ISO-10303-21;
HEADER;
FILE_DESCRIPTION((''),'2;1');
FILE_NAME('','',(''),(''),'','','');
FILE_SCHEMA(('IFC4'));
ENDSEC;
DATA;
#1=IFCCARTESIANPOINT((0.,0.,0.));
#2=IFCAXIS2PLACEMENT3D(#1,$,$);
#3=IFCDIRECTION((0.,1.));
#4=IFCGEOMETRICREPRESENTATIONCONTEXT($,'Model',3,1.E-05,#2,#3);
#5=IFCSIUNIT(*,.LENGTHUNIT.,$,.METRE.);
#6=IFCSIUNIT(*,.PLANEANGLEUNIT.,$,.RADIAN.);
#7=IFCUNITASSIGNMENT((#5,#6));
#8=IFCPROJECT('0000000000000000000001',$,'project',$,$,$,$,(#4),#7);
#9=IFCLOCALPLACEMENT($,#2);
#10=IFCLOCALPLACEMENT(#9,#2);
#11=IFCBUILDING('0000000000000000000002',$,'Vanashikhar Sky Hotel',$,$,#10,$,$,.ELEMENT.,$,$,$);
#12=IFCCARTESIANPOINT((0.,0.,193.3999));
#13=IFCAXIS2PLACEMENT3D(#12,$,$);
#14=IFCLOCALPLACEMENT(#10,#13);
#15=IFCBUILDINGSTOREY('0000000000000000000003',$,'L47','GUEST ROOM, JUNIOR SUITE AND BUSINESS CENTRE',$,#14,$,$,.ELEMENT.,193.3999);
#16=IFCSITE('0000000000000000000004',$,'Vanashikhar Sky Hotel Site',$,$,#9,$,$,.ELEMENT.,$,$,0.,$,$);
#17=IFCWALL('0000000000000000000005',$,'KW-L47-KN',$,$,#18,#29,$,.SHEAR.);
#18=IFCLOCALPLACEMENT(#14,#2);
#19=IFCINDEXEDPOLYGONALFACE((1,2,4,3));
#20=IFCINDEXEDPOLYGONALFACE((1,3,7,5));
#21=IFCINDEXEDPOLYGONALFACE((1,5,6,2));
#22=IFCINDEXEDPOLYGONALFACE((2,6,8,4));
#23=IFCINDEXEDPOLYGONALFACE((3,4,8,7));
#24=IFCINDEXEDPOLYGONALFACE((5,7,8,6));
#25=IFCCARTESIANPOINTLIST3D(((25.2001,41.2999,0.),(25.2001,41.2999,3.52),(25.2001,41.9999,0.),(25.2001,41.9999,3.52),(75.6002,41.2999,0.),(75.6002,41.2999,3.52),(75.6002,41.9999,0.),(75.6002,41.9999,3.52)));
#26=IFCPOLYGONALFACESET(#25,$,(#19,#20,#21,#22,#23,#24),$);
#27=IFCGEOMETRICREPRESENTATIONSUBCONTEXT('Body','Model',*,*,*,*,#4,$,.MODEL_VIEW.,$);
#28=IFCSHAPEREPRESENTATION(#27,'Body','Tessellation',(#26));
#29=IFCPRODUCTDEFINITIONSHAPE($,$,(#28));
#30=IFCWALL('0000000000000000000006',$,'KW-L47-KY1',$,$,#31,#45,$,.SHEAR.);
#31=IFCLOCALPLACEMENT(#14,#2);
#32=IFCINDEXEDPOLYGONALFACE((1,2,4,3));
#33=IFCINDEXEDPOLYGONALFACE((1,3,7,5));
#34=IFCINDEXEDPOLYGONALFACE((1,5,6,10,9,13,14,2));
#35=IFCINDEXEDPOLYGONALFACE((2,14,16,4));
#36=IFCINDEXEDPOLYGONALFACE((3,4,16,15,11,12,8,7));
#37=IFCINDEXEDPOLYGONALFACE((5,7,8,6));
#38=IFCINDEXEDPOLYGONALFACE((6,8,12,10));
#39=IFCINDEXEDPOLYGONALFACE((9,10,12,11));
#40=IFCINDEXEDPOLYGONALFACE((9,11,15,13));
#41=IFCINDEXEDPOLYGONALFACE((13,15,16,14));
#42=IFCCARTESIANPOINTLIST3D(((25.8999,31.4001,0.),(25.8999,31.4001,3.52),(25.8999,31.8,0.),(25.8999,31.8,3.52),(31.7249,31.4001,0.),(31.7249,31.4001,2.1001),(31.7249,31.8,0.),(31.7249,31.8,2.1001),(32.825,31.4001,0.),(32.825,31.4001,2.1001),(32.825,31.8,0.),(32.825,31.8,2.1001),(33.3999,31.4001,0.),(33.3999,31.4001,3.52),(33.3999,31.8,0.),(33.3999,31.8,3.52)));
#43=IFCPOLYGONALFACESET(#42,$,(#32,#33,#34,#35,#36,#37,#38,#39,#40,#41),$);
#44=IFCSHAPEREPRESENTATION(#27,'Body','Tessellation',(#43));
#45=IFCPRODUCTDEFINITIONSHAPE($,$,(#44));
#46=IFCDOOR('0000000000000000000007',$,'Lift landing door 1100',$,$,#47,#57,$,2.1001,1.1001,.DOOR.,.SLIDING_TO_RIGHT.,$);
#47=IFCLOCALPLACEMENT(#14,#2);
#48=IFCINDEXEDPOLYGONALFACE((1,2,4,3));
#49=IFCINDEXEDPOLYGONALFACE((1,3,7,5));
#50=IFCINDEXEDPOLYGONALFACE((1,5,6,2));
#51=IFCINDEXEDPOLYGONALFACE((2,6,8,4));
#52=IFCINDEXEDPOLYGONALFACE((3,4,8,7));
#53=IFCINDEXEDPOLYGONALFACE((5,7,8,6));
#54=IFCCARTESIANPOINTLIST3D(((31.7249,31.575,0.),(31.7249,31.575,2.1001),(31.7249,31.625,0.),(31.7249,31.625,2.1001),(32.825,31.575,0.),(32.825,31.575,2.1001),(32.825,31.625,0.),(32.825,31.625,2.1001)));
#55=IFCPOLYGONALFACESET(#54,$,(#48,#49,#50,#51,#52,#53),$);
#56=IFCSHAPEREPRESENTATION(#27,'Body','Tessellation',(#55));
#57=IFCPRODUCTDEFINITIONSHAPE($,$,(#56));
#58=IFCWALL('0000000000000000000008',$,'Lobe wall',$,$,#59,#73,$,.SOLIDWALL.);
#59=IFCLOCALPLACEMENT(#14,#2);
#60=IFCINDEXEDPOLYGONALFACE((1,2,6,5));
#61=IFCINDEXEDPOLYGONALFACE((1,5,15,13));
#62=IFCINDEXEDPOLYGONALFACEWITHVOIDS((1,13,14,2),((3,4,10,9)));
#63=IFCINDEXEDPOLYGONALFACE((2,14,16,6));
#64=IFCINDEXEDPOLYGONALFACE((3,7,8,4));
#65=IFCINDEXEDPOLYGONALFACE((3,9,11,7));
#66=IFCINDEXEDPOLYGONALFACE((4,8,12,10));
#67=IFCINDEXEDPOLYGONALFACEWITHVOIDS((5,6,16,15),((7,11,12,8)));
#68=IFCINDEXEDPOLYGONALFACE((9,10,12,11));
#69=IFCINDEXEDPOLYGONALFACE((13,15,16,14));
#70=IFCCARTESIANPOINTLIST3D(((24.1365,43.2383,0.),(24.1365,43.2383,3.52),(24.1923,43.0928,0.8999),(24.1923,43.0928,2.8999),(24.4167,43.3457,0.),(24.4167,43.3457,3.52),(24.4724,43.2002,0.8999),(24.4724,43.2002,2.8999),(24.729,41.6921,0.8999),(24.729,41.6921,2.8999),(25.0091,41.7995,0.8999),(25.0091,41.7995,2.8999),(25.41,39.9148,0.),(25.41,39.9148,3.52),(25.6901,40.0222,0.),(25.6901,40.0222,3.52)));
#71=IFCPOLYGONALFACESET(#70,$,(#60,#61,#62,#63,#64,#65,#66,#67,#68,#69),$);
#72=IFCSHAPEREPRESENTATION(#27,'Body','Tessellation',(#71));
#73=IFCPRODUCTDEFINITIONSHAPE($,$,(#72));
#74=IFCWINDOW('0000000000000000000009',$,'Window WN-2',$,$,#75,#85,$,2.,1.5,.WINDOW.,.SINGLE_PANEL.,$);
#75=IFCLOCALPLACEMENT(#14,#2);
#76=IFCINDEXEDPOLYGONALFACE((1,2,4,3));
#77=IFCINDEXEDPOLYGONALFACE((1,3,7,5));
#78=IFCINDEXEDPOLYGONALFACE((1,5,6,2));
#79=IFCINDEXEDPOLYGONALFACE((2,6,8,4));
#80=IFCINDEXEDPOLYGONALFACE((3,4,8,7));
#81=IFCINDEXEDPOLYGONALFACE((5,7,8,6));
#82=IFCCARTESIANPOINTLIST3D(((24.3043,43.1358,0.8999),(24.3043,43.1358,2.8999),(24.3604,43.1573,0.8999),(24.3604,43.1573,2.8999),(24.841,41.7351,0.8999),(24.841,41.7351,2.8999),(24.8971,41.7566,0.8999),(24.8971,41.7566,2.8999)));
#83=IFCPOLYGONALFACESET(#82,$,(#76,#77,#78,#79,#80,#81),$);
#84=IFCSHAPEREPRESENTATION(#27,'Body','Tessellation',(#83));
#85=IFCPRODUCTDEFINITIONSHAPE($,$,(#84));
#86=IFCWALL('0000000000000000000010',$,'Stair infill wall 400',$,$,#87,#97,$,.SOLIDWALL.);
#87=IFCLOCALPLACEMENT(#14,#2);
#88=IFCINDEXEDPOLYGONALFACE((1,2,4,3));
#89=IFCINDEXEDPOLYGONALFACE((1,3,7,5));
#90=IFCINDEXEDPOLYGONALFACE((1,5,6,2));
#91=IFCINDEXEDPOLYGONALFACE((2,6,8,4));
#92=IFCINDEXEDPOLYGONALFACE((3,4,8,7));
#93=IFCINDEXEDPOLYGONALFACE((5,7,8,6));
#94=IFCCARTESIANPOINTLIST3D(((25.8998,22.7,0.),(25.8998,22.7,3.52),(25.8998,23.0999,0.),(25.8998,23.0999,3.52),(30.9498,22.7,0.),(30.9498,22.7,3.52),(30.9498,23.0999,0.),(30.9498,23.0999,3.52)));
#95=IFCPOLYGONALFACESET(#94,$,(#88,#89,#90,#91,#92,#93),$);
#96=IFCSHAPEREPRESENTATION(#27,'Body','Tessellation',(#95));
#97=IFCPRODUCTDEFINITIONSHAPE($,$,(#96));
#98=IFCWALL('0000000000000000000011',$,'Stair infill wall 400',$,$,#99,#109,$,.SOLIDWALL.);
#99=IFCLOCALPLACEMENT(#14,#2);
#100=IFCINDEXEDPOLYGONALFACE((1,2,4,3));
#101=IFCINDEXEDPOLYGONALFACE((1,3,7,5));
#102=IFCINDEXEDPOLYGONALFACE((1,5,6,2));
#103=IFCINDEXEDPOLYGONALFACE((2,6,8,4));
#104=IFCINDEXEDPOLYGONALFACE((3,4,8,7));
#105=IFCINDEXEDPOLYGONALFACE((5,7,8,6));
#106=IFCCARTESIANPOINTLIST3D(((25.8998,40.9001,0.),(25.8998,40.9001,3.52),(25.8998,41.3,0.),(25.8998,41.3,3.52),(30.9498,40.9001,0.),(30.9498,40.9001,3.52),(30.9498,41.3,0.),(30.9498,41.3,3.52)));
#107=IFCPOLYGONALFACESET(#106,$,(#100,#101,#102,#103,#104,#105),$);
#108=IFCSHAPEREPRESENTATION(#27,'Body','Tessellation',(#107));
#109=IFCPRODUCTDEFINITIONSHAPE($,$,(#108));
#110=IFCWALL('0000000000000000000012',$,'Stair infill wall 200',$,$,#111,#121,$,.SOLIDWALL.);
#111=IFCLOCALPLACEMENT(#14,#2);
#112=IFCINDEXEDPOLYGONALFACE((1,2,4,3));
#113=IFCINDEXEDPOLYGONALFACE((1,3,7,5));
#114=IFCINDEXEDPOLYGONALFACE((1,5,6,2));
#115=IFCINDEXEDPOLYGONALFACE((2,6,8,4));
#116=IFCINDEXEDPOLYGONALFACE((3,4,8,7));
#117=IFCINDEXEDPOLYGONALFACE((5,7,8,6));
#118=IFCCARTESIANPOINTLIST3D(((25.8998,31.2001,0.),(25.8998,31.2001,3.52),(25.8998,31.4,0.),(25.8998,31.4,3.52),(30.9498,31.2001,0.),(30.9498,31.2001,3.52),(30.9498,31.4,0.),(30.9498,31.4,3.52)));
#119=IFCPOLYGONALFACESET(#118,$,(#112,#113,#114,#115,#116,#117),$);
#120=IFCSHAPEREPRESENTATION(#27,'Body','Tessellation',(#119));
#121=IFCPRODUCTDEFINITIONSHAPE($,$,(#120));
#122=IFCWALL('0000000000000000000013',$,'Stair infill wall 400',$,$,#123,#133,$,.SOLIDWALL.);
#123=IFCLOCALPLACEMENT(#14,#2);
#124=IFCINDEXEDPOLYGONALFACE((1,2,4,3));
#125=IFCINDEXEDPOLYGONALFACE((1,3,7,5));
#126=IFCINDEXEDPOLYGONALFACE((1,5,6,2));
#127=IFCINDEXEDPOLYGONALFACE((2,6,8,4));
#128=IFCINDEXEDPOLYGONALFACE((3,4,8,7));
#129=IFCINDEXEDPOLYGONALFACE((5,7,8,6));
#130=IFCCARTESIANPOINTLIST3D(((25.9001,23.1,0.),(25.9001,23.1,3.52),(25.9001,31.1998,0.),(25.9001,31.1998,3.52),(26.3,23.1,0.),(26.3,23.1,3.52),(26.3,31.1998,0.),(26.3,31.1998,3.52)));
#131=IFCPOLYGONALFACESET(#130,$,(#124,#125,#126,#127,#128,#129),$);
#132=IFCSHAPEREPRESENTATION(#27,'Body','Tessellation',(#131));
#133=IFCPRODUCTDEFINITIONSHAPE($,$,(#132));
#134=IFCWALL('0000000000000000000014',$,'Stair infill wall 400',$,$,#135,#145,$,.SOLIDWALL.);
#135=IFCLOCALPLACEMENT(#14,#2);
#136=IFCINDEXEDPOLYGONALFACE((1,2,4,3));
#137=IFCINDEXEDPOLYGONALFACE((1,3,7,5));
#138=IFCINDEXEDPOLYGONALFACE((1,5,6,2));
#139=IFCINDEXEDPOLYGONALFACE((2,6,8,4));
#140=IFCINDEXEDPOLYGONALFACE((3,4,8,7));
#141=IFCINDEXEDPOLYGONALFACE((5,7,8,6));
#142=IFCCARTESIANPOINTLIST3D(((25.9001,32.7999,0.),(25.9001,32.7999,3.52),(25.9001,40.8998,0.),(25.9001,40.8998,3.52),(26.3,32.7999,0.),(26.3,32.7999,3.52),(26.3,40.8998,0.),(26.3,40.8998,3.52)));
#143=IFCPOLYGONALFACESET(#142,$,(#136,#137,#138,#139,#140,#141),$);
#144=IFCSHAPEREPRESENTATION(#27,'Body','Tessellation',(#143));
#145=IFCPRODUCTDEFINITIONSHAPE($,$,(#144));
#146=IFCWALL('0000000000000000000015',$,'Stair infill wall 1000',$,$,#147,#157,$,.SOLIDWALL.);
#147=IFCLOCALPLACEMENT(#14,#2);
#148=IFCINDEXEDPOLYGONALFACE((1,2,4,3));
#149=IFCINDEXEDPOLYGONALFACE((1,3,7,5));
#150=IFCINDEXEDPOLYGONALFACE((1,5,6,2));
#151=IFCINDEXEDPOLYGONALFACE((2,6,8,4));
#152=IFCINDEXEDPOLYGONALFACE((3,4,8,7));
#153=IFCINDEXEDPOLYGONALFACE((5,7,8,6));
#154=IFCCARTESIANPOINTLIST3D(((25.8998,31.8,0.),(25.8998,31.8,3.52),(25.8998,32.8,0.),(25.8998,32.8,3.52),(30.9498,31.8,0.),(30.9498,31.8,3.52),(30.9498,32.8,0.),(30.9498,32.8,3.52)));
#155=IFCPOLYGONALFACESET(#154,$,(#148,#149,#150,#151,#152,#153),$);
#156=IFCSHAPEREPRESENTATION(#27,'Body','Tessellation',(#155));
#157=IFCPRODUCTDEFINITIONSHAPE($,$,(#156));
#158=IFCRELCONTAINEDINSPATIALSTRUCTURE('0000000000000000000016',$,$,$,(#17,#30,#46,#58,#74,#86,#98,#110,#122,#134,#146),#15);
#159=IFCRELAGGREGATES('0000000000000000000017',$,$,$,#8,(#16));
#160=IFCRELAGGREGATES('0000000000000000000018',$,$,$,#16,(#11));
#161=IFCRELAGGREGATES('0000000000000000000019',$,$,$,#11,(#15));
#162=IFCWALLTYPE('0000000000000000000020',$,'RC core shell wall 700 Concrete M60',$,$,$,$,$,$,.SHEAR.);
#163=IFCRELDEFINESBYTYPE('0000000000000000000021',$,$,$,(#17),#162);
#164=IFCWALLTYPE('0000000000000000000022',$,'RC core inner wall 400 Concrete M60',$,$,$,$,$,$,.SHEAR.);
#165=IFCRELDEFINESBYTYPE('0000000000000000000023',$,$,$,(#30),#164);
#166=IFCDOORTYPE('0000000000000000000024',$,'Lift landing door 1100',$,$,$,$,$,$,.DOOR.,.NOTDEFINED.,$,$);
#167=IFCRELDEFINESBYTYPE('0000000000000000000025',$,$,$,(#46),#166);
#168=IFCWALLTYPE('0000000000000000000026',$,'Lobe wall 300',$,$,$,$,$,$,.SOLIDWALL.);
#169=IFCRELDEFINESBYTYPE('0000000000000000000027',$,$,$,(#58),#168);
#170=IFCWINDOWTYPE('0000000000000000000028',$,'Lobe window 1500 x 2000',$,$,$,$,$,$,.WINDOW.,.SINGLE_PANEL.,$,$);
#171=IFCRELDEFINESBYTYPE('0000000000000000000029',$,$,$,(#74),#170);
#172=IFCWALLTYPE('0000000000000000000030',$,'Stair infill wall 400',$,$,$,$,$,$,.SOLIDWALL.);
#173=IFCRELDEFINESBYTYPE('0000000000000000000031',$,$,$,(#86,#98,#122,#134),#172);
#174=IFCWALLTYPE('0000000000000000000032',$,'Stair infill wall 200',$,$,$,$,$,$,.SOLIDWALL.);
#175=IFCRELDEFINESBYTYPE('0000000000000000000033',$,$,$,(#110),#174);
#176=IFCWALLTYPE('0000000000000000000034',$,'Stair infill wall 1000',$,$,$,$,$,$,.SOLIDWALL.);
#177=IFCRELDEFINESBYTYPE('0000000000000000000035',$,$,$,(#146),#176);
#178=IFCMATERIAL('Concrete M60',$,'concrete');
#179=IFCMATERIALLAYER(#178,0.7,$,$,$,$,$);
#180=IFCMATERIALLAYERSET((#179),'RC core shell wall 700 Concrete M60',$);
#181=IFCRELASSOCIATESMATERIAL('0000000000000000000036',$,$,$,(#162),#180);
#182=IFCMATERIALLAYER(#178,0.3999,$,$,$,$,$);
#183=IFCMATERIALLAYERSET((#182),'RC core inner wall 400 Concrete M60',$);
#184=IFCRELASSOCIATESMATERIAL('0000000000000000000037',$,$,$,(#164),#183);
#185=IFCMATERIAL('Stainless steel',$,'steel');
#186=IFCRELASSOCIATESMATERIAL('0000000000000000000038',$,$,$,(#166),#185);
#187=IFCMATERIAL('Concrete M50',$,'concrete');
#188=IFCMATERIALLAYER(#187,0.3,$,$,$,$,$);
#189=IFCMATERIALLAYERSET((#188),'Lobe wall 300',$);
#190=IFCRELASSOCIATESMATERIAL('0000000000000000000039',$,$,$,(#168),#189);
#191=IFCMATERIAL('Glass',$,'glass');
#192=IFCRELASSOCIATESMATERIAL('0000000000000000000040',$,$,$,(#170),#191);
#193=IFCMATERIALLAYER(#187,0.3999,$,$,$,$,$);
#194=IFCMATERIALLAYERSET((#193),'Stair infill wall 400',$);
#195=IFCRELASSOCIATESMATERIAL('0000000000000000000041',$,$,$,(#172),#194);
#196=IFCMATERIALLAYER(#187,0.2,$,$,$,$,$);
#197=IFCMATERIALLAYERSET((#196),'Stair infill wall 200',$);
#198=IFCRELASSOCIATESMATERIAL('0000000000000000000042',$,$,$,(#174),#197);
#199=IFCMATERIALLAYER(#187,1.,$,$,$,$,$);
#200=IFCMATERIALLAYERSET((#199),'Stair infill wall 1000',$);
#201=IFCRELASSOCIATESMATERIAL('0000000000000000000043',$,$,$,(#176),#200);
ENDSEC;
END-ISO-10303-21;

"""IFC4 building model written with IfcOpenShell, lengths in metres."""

from ifc_helpers import new_model, si_unit, direction, frame, frame_2d, origin, place, context, subcontext, project, spatial, rectangle, extrude, source, transform, mapped, material, layer, layer_set, type_object, element, fill, save


model = new_model("IFC4")

# Units and contexts
model_context = context("Model", 3, precision=1e-05, world=origin(), true_north=direction((0.0, 1.0)))
body_context = subcontext(model_context, "Body", "Model", "MODEL_VIEW")
ifc_project = project(units=[si_unit("LENGTHUNIT", "METRE"), si_unit("PLANEANGLEUNIT", "RADIAN")], contexts=[model_context])

# Site, building, storey
site_placement = place(None, origin())
site = spatial("IfcSite", under=ifc_project, at=site_placement, Name="Vanashikhar Sky Hotel Site", CompositionType="ELEMENT", RefElevation=0.0)
building_placement = place(site_placement, origin())
building = spatial("IfcBuilding", under=site, at=building_placement, Name="Vanashikhar Sky Hotel", CompositionType="ELEMENT")
storey_placement = place(building_placement, frame((0.0, 0.0, 193.3999)))
storey = spatial("IfcBuildingStorey", under=building, at=storey_placement, Name="L47", Description="GUEST ROOM, JUNIOR SUITE AND BUSINESS CENTRE", CompositionType="ELEMENT", Elevation=193.3999)

# Wall
ifc_material_1 = material(Name="Concrete M60", Category="concrete")
ifc_layer_1 = layer(ifc_material_1, 0.7)
ifc_layer_set_1 = layer_set([ifc_layer_1], Name="RC core shell wall 700 Concrete M60")
wall_type_1 = type_object("IfcWallType", Name="RC core shell wall 700 Concrete M60", PredefinedType="SHEAR", material=ifc_layer_set_1)
shared_shape_1 = source(origin(), body_context, "Body", "SweptSolid", [
    extrude(rectangle(XDim=50.4001, YDim=0.7, at=frame_2d((25.2002, 0.0))), origin(), (0.0, 0.0, 1.0), 3.52),
])
wall_1_placement = place(storey_placement, frame((25.2, 41.6499, 0.0), z_axis=(0.0, 0.0, 1.0), x_axis=(1.0, 0.0, 0.0)))
element("IfcWall", 1, at=wall_1_placement, inside=storey, type_object=wall_type_1, Name="KW-L47-KN", PredefinedType="SHEAR", context=body_context, shape_type="MappedRepresentation", body=[
    mapped(shared_shape_1, transform((0.0, 0.0, 0.0), scale=1.0)),
])

# Wall, opening, door
ifc_layer_2 = layer(ifc_material_1, 0.3999)
ifc_layer_set_2 = layer_set([ifc_layer_2], Name="RC core inner wall 400 Concrete M60")
wall_type_2 = type_object("IfcWallType", Name="RC core inner wall 400 Concrete M60", PredefinedType="SHEAR", material=ifc_layer_set_2)
shared_shape_2 = source(origin(), body_context, "Body", "SweptSolid", [
    extrude(rectangle(XDim=7.5, YDim=0.3999, at=frame_2d((3.75, 0.0))), origin(), (0.0, 0.0, 1.0), 3.52),
])
wall_2_placement = place(storey_placement, frame((25.8999, 31.6001, 0.0), z_axis=(0.0, 0.0, 1.0), x_axis=(1.0, 0.0, 0.0)))
wall_2 = element("IfcWall", 2, at=wall_2_placement, inside=storey, type_object=wall_type_2, Name="KW-L47-KY1", PredefinedType="SHEAR", context=body_context, shape_type="MappedRepresentation", body=[
    mapped(shared_shape_2, transform((0.0, 0.0, 0.0), scale=1.0)),
])
shared_shape_3 = source(origin(), body_context, "Body", "SweptSolid", [
    extrude(rectangle(XDim=1.1001, YDim=2.1001, at=frame_2d((0.55, 1.05))), frame((0.0, 0.21, 0.0), z_axis=(0.0, -1.0, 0.0), x_axis=(1.0, 0.0, 0.0)), (0.0, 0.0, 1.0), 0.4199),
])
opening_1_placement = place(wall_2_placement, frame((5.825, 0.0, 0.0)))
opening_1 = element("IfcOpeningElement", 3, at=opening_1_placement, cuts=wall_2, PredefinedType="OPENING", context=body_context, shape_type="MappedRepresentation", body=[
    mapped(shared_shape_3, transform((0.0, 0.0, 0.0), scale=1.0)),
])
ifc_material_2 = material(Name="Stainless steel", Category="steel")
door_type = type_object("IfcDoorType", Name="Lift landing door 1100", OperationType="NOTDEFINED", PredefinedType="DOOR", material=ifc_material_2)
shared_shape_4 = source(origin(), body_context, "Body", "SweptSolid", [
    extrude(rectangle(XDim=1.1001, YDim=2.1001, at=frame_2d((0.55, 1.05))), frame((0.0, 0.0249, 0.0), z_axis=(0.0, -1.0, 0.0), x_axis=(1.0, 0.0, 0.0)), (0.0, 0.0, 1.0), 0.05),
])
door_placement = place(opening_1_placement, origin())
door = element("IfcDoor", 4, at=door_placement, inside=storey, type_object=door_type, Name="Lift landing door 1100", OperationType="SLIDING_TO_RIGHT", OverallHeight=2.1001, OverallWidth=1.1001, PredefinedType="DOOR", context=body_context, shape_type="MappedRepresentation", body=[
    mapped(shared_shape_4, transform((0.0, 0.0, 0.0), scale=1.0)),
])
fill(opening_1, door)

# Wall, opening, window
ifc_material_3 = material(Name="Concrete M50", Category="concrete")
ifc_layer_3 = layer(ifc_material_3, 0.3)
ifc_layer_set_3 = layer_set([ifc_layer_3], Name="Lobe wall 300")
wall_type_3 = type_object("IfcWallType", Name="Lobe wall 300", PredefinedType="SOLIDWALL", material=ifc_layer_set_3)
shared_shape_5 = source(origin(), body_context, "Body", "SweptSolid", [
    extrude(rectangle(XDim=3.5591, YDim=0.3, at=frame_2d((1.7795, 0.0))), origin(), (0.0, 0.0, 1.0), 3.52),
])
wall_3_placement = place(storey_placement, frame((25.55, 39.9685, 0.0), z_axis=(0.0, 0.0, 1.0), x_axis=(-0.357797, 0.933799, 0.0)))
wall_3 = element("IfcWall", 5, at=wall_3_placement, inside=storey, type_object=wall_type_3, Name="Lobe wall", PredefinedType="SOLIDWALL", context=body_context, shape_type="MappedRepresentation", body=[
    mapped(shared_shape_5, transform((0.0, 0.0, 0.0), scale=1.0)),
])
shared_shape_6 = source(origin(), body_context, "Body", "SweptSolid", [
    extrude(rectangle(XDim=1.5, YDim=2.0, at=frame_2d((0.75, 1.0))), frame((0.0, 0.1602, 0.0), z_axis=(0.0, -1.0, 0.0), x_axis=(1.0, 0.0, 0.0)), (0.0, 0.0, 1.0), 0.3201),
])
opening_2_placement = place(wall_3_placement, frame((1.9033, 0.0, 0.8999)))
opening_2 = element("IfcOpeningElement", 6, at=opening_2_placement, cuts=wall_3, PredefinedType="OPENING", context=body_context, shape_type="MappedRepresentation", body=[
    mapped(shared_shape_6, transform((0.0, 0.0, 0.0), scale=1.0)),
])
ifc_material_4 = material(Name="Glass", Category="glass")
window_type = type_object("IfcWindowType", Name="Lobe window 1500 x 2000", PartitioningType="SINGLE_PANEL", PredefinedType="WINDOW", material=ifc_material_4)
shared_shape_7 = source(origin(), body_context, "Body", "SweptSolid", [
    extrude(rectangle(XDim=1.5, YDim=2.0, at=frame_2d((0.75, 1.0))), frame((0.0, 0.03, 0.0), z_axis=(0.0, -1.0, 0.0), x_axis=(1.0, 0.0, 0.0)), (0.0, 0.0, 1.0), 0.0601),
])
window_placement = place(opening_2_placement, origin())
window = element("IfcWindow", 7, at=window_placement, inside=storey, type_object=window_type, Name="Window WN-2", OverallHeight=2.0, OverallWidth=1.5, PartitioningType="SINGLE_PANEL", PredefinedType="WINDOW", context=body_context, shape_type="MappedRepresentation", body=[
    mapped(shared_shape_7, transform((0.0, 0.0, 0.0), scale=1.0)),
])
fill(opening_2, window)

# Walls
ifc_layer_4 = layer(ifc_material_3, 0.3999)
ifc_layer_set_4 = layer_set([ifc_layer_4], Name="Stair infill wall 400")
wall_type_4 = type_object("IfcWallType", Name="Stair infill wall 400", PredefinedType="SOLIDWALL", material=ifc_layer_set_4)
shared_shape_8 = source(origin(), body_context, "Body", "SweptSolid", [
    extrude(rectangle(XDim=5.05, YDim=0.3999, at=frame_2d((2.5249, 0.0))), origin(), (0.0, 0.0, 1.0), 3.52),
])
for number, where, z_axis, x_axis, name in (
    (8, (25.8999, 22.8999, 0.0), (0.0, 0.0, 1.0), (1.0, 0.0, 0.0), "Stair infill wall 400"),
    (9, (25.8999, 41.1001, 0.0), (0.0, 0.0, 1.0), (1.0, 0.0, 0.0), "Stair infill wall 400"),
):
    element("IfcWall", number, at=place(storey_placement, frame(where, z_axis=z_axis, x_axis=x_axis)), inside=storey, type_object=wall_type_4, Name=name, PredefinedType="SOLIDWALL", context=body_context, shape_type="MappedRepresentation", body=[
        mapped(shared_shape_8, transform((0.0, 0.0, 0.0), scale=1.0)),
    ])
ifc_layer_5 = layer(ifc_material_3, 0.2)
ifc_layer_set_5 = layer_set([ifc_layer_5], Name="Stair infill wall 200")
wall_type_5 = type_object("IfcWallType", Name="Stair infill wall 200", PredefinedType="SOLIDWALL", material=ifc_layer_set_5)
shared_shape_9 = source(origin(), body_context, "Body", "SweptSolid", [
    extrude(rectangle(XDim=5.05, YDim=0.2, at=frame_2d((2.5249, 0.0))), origin(), (0.0, 0.0, 1.0), 3.52),
])
wall_4_placement = place(storey_placement, frame((25.8999, 31.3, 0.0), z_axis=(0.0, 0.0, 1.0), x_axis=(1.0, 0.0, 0.0)))
element("IfcWall", 10, at=wall_4_placement, inside=storey, type_object=wall_type_5, Name="Stair infill wall 200", PredefinedType="SOLIDWALL", context=body_context, shape_type="MappedRepresentation", body=[
    mapped(shared_shape_9, transform((0.0, 0.0, 0.0), scale=1.0)),
])
shared_shape_10 = source(origin(), body_context, "Body", "SweptSolid", [
    extrude(rectangle(XDim=8.0999, YDim=0.3999, at=frame_2d((4.0498, 0.0))), origin(), (0.0, 0.0, 1.0), 3.52),
])
for number, where, z_axis, x_axis, name in (
    (11, (26.1001, 23.1001, 0.0), (0.0, 0.0, 1.0), (0.0, 1.0, 0.0), "Stair infill wall 400"),
    (12, (26.1001, 32.8, 0.0), (0.0, 0.0, 1.0), (0.0, 1.0, 0.0), "Stair infill wall 400"),
):
    element("IfcWall", number, at=place(storey_placement, frame(where, z_axis=z_axis, x_axis=x_axis)), inside=storey, type_object=wall_type_4, Name=name, PredefinedType="SOLIDWALL", context=body_context, shape_type="MappedRepresentation", body=[
        mapped(shared_shape_10, transform((0.0, 0.0, 0.0), scale=1.0)),
    ])
ifc_layer_6 = layer(ifc_material_3, 1.0)
ifc_layer_set_6 = layer_set([ifc_layer_6], Name="Stair infill wall 1000")
wall_type_6 = type_object("IfcWallType", Name="Stair infill wall 1000", PredefinedType="SOLIDWALL", material=ifc_layer_set_6)
shared_shape_11 = source(origin(), body_context, "Body", "SweptSolid", [
    extrude(rectangle(XDim=5.05, YDim=1.0, at=frame_2d((2.5249, 0.0))), origin(), (0.0, 0.0, 1.0), 3.52),
])
wall_5_placement = place(storey_placement, frame((25.8999, 32.3, 0.0), z_axis=(0.0, 0.0, 1.0), x_axis=(1.0, 0.0, 0.0)))
element("IfcWall", 13, at=wall_5_placement, inside=storey, type_object=wall_type_6, Name="Stair infill wall 1000", PredefinedType="SOLIDWALL", context=body_context, shape_type="MappedRepresentation", body=[
    mapped(shared_shape_11, transform((0.0, 0.0, 0.0), scale=1.0)),
])

save(model, "model.ifc")
